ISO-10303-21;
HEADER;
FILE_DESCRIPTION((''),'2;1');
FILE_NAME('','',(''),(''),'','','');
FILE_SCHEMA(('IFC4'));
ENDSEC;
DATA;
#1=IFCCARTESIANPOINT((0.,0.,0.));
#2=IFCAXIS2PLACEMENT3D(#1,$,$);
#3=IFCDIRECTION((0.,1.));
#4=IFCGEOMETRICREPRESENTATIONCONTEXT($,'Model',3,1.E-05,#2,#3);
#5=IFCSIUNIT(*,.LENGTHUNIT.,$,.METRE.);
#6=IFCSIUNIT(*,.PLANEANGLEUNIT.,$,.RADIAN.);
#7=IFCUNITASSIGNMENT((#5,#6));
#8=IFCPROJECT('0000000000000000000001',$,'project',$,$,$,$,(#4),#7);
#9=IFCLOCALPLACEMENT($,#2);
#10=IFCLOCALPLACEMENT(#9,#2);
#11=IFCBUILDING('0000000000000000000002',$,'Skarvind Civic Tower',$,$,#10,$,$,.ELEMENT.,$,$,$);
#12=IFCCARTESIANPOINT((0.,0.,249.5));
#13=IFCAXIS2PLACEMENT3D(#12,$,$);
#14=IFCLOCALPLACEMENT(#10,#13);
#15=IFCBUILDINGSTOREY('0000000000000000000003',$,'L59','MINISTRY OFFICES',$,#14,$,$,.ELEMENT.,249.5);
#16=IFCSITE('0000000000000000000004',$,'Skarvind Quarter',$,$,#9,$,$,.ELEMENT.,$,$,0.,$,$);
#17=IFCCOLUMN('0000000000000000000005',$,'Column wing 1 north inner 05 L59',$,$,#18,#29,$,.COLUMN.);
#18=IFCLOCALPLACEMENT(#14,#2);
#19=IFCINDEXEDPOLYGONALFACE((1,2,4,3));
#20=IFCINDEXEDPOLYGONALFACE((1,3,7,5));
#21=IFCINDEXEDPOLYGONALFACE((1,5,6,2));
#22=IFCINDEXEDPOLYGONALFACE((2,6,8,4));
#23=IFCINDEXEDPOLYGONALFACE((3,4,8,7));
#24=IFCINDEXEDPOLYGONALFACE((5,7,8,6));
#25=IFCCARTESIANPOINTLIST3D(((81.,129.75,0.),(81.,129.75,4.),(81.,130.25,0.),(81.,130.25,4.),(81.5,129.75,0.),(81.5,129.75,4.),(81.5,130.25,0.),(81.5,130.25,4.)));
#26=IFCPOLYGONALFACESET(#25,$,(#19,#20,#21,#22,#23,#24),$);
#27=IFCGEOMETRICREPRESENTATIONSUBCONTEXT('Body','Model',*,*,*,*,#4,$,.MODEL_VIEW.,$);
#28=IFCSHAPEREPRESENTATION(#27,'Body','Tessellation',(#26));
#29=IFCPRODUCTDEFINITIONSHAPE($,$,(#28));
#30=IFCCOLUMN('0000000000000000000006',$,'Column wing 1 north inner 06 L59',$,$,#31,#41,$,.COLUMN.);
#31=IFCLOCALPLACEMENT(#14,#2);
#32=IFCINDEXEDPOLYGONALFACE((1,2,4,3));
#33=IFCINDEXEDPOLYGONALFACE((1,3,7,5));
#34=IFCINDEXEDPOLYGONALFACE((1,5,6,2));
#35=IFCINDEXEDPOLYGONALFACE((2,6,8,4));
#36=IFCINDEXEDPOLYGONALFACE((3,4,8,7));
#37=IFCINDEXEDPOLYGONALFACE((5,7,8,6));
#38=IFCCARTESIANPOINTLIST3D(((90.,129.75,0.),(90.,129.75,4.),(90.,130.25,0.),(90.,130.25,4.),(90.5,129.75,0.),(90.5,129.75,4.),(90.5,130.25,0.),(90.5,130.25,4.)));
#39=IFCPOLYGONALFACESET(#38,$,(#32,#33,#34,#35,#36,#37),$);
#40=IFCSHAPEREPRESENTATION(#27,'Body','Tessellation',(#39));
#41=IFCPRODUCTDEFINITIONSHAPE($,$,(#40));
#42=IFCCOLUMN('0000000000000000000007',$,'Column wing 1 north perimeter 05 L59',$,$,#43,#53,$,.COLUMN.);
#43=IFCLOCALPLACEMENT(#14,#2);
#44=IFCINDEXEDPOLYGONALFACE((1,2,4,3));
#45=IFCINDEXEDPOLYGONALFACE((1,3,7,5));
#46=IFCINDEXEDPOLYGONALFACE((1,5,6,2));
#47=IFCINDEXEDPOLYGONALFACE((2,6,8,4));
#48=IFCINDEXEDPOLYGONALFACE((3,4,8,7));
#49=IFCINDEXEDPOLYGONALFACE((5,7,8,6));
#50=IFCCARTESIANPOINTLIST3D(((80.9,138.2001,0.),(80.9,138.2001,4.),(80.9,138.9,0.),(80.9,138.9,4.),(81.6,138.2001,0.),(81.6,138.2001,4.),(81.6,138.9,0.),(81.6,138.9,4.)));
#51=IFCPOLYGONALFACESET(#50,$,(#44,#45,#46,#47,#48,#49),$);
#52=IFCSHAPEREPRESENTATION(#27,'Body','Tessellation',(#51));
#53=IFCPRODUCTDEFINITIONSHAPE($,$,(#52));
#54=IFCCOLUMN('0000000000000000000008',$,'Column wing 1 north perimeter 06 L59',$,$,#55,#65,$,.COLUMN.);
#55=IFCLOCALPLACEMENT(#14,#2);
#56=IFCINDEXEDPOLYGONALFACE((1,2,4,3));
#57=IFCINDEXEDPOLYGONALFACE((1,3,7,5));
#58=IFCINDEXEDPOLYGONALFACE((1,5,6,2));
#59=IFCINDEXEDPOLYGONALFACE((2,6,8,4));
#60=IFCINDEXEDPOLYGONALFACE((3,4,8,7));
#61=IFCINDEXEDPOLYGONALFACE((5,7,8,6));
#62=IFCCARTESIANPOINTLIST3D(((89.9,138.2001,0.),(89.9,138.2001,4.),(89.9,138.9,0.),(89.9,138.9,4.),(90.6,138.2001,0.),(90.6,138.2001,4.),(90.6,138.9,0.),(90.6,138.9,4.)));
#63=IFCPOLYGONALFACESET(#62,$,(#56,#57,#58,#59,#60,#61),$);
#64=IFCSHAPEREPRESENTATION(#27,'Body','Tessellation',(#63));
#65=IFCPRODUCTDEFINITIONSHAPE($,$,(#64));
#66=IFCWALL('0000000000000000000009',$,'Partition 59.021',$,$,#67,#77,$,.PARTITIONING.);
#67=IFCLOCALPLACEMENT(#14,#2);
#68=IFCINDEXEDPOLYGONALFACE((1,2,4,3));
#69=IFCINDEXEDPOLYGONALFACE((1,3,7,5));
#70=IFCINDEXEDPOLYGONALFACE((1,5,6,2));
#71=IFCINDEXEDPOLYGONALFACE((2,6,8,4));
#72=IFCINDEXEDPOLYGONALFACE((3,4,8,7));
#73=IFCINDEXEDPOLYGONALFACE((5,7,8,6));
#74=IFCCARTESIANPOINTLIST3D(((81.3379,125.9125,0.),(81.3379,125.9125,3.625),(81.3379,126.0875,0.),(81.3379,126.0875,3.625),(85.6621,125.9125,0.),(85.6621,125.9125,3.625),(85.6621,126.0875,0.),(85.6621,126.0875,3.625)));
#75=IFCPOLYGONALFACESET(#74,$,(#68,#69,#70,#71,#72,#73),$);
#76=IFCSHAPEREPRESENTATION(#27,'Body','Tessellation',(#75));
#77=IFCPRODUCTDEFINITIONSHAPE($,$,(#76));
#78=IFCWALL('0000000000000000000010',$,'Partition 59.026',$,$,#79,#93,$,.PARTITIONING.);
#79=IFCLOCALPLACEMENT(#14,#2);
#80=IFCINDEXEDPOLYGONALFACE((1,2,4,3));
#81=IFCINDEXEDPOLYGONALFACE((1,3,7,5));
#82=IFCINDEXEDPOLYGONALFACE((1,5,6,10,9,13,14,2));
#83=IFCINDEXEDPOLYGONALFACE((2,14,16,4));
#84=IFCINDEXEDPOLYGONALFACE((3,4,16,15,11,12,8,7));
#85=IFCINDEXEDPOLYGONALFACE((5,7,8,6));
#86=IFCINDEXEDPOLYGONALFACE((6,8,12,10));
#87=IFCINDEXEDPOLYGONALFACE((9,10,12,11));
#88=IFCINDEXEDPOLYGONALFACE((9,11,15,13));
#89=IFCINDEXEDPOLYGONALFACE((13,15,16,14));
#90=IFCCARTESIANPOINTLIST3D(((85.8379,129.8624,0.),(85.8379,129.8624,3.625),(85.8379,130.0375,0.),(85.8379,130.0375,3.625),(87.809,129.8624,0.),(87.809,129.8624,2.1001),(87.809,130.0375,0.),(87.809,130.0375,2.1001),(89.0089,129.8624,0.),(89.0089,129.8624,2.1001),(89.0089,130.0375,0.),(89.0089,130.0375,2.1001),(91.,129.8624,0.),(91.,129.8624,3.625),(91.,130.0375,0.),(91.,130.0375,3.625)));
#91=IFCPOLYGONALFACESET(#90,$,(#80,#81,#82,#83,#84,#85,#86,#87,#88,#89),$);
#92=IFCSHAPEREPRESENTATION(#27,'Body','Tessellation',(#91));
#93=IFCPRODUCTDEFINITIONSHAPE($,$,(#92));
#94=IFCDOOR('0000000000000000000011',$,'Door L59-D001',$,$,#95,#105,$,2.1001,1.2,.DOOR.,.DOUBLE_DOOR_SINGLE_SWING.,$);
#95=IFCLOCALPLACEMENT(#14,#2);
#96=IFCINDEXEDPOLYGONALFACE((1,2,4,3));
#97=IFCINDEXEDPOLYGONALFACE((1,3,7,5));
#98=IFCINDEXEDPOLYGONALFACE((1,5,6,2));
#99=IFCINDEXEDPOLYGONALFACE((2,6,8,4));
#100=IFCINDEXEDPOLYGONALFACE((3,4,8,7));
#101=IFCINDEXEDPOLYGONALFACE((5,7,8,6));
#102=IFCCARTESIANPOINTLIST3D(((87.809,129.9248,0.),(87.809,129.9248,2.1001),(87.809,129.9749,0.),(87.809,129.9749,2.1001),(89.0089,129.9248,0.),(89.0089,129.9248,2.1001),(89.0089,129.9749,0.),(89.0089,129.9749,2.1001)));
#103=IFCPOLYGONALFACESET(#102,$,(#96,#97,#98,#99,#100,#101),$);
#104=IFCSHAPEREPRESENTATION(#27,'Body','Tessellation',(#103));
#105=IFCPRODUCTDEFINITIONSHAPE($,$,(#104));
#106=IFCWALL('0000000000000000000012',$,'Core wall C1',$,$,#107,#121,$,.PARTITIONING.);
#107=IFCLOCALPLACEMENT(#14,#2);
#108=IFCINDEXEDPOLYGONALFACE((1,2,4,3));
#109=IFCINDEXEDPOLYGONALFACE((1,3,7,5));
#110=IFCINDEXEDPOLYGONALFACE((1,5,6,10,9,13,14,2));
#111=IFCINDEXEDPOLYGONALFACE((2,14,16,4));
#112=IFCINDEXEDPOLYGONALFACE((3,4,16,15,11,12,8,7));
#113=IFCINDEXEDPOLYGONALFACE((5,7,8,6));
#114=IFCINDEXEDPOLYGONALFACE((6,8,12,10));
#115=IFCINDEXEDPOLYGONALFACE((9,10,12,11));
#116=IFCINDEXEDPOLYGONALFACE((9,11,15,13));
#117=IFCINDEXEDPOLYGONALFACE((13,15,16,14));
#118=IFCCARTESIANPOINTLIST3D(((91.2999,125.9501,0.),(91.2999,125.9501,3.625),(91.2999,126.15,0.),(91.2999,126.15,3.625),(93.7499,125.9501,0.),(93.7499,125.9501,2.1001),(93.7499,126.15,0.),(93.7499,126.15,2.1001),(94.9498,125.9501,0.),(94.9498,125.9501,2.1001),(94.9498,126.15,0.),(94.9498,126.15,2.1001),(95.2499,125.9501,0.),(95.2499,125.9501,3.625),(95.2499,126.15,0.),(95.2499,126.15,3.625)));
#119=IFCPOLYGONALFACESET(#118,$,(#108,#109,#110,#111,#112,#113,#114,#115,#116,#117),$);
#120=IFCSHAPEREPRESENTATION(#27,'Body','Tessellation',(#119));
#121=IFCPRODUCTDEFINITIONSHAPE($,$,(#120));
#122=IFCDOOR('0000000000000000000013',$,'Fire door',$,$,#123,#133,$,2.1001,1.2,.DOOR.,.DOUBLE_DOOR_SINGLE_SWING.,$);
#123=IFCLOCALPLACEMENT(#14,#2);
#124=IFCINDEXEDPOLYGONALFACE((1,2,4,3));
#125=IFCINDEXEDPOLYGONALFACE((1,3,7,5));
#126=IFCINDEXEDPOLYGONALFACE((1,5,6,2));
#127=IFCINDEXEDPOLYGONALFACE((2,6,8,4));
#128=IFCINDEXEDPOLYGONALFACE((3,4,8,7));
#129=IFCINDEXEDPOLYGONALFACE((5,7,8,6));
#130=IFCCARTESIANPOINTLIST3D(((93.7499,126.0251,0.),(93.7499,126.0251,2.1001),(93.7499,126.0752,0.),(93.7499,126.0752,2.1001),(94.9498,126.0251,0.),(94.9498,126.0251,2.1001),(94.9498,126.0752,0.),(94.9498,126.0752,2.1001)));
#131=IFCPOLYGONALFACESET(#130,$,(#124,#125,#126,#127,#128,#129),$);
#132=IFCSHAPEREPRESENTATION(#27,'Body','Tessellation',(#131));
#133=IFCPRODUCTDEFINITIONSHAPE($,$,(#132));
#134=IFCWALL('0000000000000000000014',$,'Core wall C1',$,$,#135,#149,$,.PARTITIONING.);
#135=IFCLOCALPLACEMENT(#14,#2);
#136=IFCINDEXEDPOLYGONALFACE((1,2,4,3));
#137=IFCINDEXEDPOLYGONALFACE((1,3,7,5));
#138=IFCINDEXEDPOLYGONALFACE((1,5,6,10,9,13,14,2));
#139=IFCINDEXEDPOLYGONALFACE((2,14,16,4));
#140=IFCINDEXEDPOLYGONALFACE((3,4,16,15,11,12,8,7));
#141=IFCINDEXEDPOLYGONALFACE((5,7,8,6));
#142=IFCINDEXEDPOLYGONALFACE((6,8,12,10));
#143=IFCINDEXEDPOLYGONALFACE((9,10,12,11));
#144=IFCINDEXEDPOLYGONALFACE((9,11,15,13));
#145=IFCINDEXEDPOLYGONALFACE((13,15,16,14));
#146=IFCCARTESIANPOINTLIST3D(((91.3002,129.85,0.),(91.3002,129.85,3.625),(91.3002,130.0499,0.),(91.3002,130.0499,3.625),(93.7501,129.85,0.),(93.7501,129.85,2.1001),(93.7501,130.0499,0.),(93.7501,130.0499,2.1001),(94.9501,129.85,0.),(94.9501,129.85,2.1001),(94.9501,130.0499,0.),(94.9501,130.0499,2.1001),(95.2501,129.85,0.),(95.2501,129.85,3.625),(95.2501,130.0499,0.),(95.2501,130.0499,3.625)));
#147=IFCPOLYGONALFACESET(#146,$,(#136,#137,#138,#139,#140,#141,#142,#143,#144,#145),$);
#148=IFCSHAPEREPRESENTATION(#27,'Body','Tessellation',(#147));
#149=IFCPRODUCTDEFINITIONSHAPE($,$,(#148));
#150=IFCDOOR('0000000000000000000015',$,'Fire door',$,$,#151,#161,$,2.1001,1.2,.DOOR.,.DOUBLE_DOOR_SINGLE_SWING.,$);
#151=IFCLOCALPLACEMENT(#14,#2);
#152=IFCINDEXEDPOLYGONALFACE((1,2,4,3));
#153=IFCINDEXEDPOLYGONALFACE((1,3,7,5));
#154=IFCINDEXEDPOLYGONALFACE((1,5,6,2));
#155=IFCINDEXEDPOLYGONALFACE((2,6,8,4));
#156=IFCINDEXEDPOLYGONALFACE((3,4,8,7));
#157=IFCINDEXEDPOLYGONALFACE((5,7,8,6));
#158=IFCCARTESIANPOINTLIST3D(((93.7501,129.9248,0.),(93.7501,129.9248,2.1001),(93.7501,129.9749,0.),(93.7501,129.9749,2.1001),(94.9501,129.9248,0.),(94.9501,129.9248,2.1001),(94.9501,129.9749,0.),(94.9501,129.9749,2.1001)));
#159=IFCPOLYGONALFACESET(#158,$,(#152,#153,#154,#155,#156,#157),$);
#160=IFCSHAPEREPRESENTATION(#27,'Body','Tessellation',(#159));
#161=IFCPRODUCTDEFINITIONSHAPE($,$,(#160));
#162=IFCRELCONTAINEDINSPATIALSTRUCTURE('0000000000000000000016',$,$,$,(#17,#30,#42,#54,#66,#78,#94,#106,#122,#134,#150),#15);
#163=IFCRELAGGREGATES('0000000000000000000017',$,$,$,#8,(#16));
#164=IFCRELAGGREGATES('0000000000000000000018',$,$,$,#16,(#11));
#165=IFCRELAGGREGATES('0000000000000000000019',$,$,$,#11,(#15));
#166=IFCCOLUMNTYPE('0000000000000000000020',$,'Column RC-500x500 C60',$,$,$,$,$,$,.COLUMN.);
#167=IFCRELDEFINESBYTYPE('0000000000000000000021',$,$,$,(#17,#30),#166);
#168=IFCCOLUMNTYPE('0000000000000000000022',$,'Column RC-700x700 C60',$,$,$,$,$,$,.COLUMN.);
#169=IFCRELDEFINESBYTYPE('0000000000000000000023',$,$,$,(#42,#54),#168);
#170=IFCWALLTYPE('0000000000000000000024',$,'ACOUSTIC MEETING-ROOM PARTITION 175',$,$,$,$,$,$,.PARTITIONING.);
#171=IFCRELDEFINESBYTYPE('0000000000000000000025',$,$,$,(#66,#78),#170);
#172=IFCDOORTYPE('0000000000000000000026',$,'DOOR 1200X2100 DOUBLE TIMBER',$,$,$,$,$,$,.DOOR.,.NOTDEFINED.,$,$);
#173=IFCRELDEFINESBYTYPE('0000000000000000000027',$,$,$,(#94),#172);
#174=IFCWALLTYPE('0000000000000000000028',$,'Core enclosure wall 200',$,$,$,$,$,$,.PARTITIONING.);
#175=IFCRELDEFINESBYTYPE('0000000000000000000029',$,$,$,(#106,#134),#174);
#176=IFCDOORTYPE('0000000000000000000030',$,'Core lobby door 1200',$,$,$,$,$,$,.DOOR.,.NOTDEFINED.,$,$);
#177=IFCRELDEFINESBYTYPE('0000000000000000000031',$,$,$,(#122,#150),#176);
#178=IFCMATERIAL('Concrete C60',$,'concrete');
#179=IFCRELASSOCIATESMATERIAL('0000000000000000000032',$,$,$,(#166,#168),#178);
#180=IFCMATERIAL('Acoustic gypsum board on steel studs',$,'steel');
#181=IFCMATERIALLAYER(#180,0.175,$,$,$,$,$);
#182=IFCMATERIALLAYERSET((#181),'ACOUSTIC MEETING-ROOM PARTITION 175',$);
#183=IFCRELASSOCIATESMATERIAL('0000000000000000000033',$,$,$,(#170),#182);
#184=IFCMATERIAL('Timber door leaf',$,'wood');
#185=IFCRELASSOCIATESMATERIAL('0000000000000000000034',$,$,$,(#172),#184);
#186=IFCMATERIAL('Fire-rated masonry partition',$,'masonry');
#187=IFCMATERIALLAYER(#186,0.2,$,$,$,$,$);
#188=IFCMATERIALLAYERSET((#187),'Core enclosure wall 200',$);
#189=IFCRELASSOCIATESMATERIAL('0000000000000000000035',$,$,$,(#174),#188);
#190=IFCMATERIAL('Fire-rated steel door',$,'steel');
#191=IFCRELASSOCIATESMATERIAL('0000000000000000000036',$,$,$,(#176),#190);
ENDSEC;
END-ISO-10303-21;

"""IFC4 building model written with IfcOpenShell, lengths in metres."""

from ifc_helpers import new_model, si_unit, direction, frame, frame_2d, origin, origin_2d, place, context, subcontext, project, spatial, rectangle, extrude, material, layer, layer_set, material_profile, profile_set, type_object, element, fill, save


model = new_model("IFC4")

# Units and contexts
model_context = context("Model", 3, precision=1e-05, world=origin(), true_north=direction((0.0, 1.0)))
body_context = subcontext(model_context, "Body", "Model", "MODEL_VIEW")
ifc_project = project(units=[si_unit("LENGTHUNIT", "METRE"), si_unit("PLANEANGLEUNIT", "RADIAN")], contexts=[model_context])

# Site, building, storey
site_placement = place(None, origin())
site = spatial("IfcSite", under=ifc_project, at=site_placement, Name="Skarvind Quarter", CompositionType="ELEMENT", RefElevation=0.0)
building_placement = place(site_placement, origin())
building = spatial("IfcBuilding", under=site, at=building_placement, Name="Skarvind Civic Tower", CompositionType="ELEMENT")
storey_placement = place(building_placement, frame((0.0, 0.0, 249.5)))
storey = spatial("IfcBuildingStorey", under=building, at=storey_placement, Name="L59", Description="MINISTRY OFFICES", CompositionType="ELEMENT", Elevation=249.5)

# Columns
ifc_material_1 = material(Name="Concrete C60", Category="concrete")
ifc_material_profile_1 = material_profile(ifc_material_1, rectangle(XDim=0.5, YDim=0.5, at=origin_2d()), Name="RC-500x500")
ifc_profile_set_1 = profile_set([ifc_material_profile_1], Name="Concrete C60")
column_type_1 = type_object("IfcColumnType", Name="Column RC-500x500 C60", PredefinedType="COLUMN", material=ifc_profile_set_1)
for number, where, z_axis, x_axis, name in (
    (1, (81.25, 130.0, 0.0), (0.0, 0.0, 1.0), (1.0, 0.0, 0.0), "Column wing 1 north inner 05 L59"),
    (2, (90.25, 130.0, 0.0), (0.0, 0.0, 1.0), (1.0, 0.0, 0.0), "Column wing 1 north inner 06 L59"),
):
    element("IfcColumn", number, at=place(storey_placement, frame(where, z_axis=z_axis, x_axis=x_axis)), inside=storey, type_object=column_type_1, Name=name, PredefinedType="COLUMN", context=body_context, shape_type="SweptSolid", body=[
        extrude(rectangle(XDim=0.5, YDim=0.5, at=origin_2d()), origin(), (0.0, 0.0, 1.0), 4.0),
    ])
ifc_material_profile_2 = material_profile(ifc_material_1, rectangle(XDim=0.7, YDim=0.7, at=origin_2d()), Name="RC-700x700")
ifc_profile_set_2 = profile_set([ifc_material_profile_2], Name="Concrete C60")
column_type_2 = type_object("IfcColumnType", Name="Column RC-700x700 C60", PredefinedType="COLUMN", material=ifc_profile_set_2)
for number, where, z_axis, x_axis, name in (
    (3, (81.25, 138.55, 0.0), (0.0, 0.0, 1.0), (1.0, 0.0, 0.0), "Column wing 1 north perimeter 05 L59"),
    (4, (90.25, 138.55, 0.0), (0.0, 0.0, 1.0), (1.0, 0.0, 0.0), "Column wing 1 north perimeter 06 L59"),
):
    element("IfcColumn", number, at=place(storey_placement, frame(where, z_axis=z_axis, x_axis=x_axis)), inside=storey, type_object=column_type_2, Name=name, PredefinedType="COLUMN", context=body_context, shape_type="SweptSolid", body=[
        extrude(rectangle(XDim=0.7, YDim=0.7, at=origin_2d()), origin(), (0.0, 0.0, 1.0), 4.0),
    ])

# Wall
ifc_material_2 = material(Name="Acoustic gypsum board on steel studs", Category="steel")
ifc_layer_1 = layer(ifc_material_2, 0.175)
ifc_layer_set_1 = layer_set([ifc_layer_1], Name="ACOUSTIC MEETING-ROOM PARTITION 175")
wall_type_1 = type_object("IfcWallType", Name="ACOUSTIC MEETING-ROOM PARTITION 175", PredefinedType="PARTITIONING", material=ifc_layer_set_1)
wall_1_placement = place(storey_placement, frame((81.3379, 126.0, 0.0), z_axis=(0.0, 0.0, 1.0), x_axis=(1.0, 0.0, 0.0)))
element("IfcWall", 5, at=wall_1_placement, inside=storey, type_object=wall_type_1, Name="Partition 59.021", PredefinedType="PARTITIONING", context=body_context, shape_type="SweptSolid", body=[
    extrude(rectangle(XDim=4.3242, YDim=0.175, at=frame_2d((2.1621, 0.0))), origin(), (0.0, 0.0, 1.0), 3.625),
])

# Walls, openings, doors
wall_2_placement = place(storey_placement, frame((85.8379, 129.95, 0.0), z_axis=(0.0, 0.0, 1.0), x_axis=(1.0, 0.0, 0.0)))
wall_2 = element("IfcWall", 6, at=wall_2_placement, inside=storey, type_object=wall_type_1, Name="Partition 59.026", PredefinedType="PARTITIONING", context=body_context, shape_type="SweptSolid", body=[
    extrude(rectangle(XDim=5.1621, YDim=0.175, at=frame_2d((2.5811, 0.0))), origin(), (0.0, 0.0, 1.0), 3.625),
])
opening_1_placement = place(wall_2_placement, frame((1.9709, 0.0, 0.0)))
opening_1 = element("IfcOpeningElement", 7, at=opening_1_placement, cuts=wall_2, PredefinedType="OPENING", context=body_context, shape_type="SweptSolid", body=[
    extrude(rectangle(XDim=1.2, YDim=2.1001, at=frame_2d((0.6001, 1.05))), frame((0.0, 0.0974, 0.0), z_axis=(0.0, -1.0, 0.0), x_axis=(1.0, 0.0, 0.0)), (0.0, 0.0, 1.0), 0.1951),
])
ifc_material_3 = material(Name="Timber door leaf", Category="wood")
door_type_1 = type_object("IfcDoorType", Name="DOOR 1200X2100 DOUBLE TIMBER", OperationType="NOTDEFINED", PredefinedType="DOOR", material=ifc_material_3)
door_1_placement = place(opening_1_placement, origin())
door_1 = element("IfcDoor", 8, at=door_1_placement, inside=storey, type_object=door_type_1, Name="Door L59-D001", OperationType="DOUBLE_DOOR_SINGLE_SWING", OverallHeight=2.1001, OverallWidth=1.2, PredefinedType="DOOR", context=body_context, shape_type="SweptSolid", body=[
    extrude(rectangle(XDim=1.2, YDim=2.1001, at=frame_2d((0.6001, 1.05))), frame((0.0, 0.0249, 0.0), z_axis=(0.0, -1.0, 0.0), x_axis=(1.0, 0.0, 0.0)), (0.0, 0.0, 1.0), 0.05),
])
fill(opening_1, door_1)
ifc_material_4 = material(Name="Fire-rated masonry partition", Category="masonry")
ifc_layer_2 = layer(ifc_material_4, 0.2)
ifc_layer_set_2 = layer_set([ifc_layer_2], Name="Core enclosure wall 200")
wall_type_2 = type_object("IfcWallType", Name="Core enclosure wall 200", PredefinedType="PARTITIONING", material=ifc_layer_set_2)
wall_3_placement = place(storey_placement, frame((95.25, 126.05, 0.0), z_axis=(0.0, 0.0, 1.0), x_axis=(-1.0, 0.0, 0.0)))
wall_3 = element("IfcWall", 9, at=wall_3_placement, inside=storey, type_object=wall_type_2, Name="Core wall C1", PredefinedType="PARTITIONING", context=body_context, shape_type="SweptSolid", body=[
    extrude(rectangle(XDim=3.95, YDim=0.2, at=frame_2d((1.9751, 0.0))), origin(), (0.0, 0.0, 1.0), 3.625),
])
opening_2_placement = place(wall_3_placement, frame((0.3, 0.0, 0.0)))
opening_2 = element("IfcOpeningElement", 10, at=opening_2_placement, cuts=wall_3, PredefinedType="OPENING", context=body_context, shape_type="SweptSolid", body=[
    extrude(rectangle(XDim=1.2, YDim=2.1001, at=frame_2d((0.6001, 1.05))), frame((0.0, 0.1099, 0.0), z_axis=(0.0, -1.0, 0.0), x_axis=(1.0, 0.0, 0.0)), (0.0, 0.0, 1.0), 0.22),
])
ifc_material_5 = material(Name="Fire-rated steel door", Category="steel")
door_type_2 = type_object("IfcDoorType", Name="Core lobby door 1200", OperationType="NOTDEFINED", PredefinedType="DOOR", material=ifc_material_5)
door_2_placement = place(opening_2_placement, origin())
door_2 = element("IfcDoor", 11, at=door_2_placement, inside=storey, type_object=door_type_2, Name="Fire door", OperationType="DOUBLE_DOOR_SINGLE_SWING", OverallHeight=2.1001, OverallWidth=1.2, PredefinedType="DOOR", context=body_context, shape_type="SweptSolid", body=[
    extrude(rectangle(XDim=1.2, YDim=2.1001, at=frame_2d((0.6001, 1.05))), frame((0.0, 0.0249, 0.0), z_axis=(0.0, -1.0, 0.0), x_axis=(1.0, 0.0, 0.0)), (0.0, 0.0, 1.0), 0.05),
])
fill(opening_2, door_2)
wall_4_placement = place(storey_placement, frame((91.3, 129.95, 0.0), z_axis=(0.0, 0.0, 1.0), x_axis=(1.0, 0.0, 0.0)))
wall_4 = element("IfcWall", 12, at=wall_4_placement, inside=storey, type_object=wall_type_2, Name="Core wall C1", PredefinedType="PARTITIONING", context=body_context, shape_type="SweptSolid", body=[
    extrude(rectangle(XDim=3.95, YDim=0.2, at=frame_2d((1.9751, 0.0))), origin(), (0.0, 0.0, 1.0), 3.625),
])
opening_3_placement = place(wall_4_placement, frame((2.45, 0.0, 0.0)))
opening_3 = element("IfcOpeningElement", 13, at=opening_3_placement, cuts=wall_4, PredefinedType="OPENING", context=body_context, shape_type="SweptSolid", body=[
    extrude(rectangle(XDim=1.2, YDim=2.1001, at=frame_2d((0.6001, 1.05))), frame((0.0, 0.1099, 0.0), z_axis=(0.0, -1.0, 0.0), x_axis=(1.0, 0.0, 0.0)), (0.0, 0.0, 1.0), 0.22),
])
door_3_placement = place(opening_3_placement, origin())
door_3 = element("IfcDoor", 14, at=door_3_placement, inside=storey, type_object=door_type_2, Name="Fire door", OperationType="DOUBLE_DOOR_SINGLE_SWING", OverallHeight=2.1001, OverallWidth=1.2, PredefinedType="DOOR", context=body_context, shape_type="SweptSolid", body=[
    extrude(rectangle(XDim=1.2, YDim=2.1001, at=frame_2d((0.6001, 1.05))), frame((0.0, 0.0249, 0.0), z_axis=(0.0, -1.0, 0.0), x_axis=(1.0, 0.0, 0.0)), (0.0, 0.0, 1.0), 0.05),
])
fill(opening_3, door_3)

save(model, "model.ifc")
